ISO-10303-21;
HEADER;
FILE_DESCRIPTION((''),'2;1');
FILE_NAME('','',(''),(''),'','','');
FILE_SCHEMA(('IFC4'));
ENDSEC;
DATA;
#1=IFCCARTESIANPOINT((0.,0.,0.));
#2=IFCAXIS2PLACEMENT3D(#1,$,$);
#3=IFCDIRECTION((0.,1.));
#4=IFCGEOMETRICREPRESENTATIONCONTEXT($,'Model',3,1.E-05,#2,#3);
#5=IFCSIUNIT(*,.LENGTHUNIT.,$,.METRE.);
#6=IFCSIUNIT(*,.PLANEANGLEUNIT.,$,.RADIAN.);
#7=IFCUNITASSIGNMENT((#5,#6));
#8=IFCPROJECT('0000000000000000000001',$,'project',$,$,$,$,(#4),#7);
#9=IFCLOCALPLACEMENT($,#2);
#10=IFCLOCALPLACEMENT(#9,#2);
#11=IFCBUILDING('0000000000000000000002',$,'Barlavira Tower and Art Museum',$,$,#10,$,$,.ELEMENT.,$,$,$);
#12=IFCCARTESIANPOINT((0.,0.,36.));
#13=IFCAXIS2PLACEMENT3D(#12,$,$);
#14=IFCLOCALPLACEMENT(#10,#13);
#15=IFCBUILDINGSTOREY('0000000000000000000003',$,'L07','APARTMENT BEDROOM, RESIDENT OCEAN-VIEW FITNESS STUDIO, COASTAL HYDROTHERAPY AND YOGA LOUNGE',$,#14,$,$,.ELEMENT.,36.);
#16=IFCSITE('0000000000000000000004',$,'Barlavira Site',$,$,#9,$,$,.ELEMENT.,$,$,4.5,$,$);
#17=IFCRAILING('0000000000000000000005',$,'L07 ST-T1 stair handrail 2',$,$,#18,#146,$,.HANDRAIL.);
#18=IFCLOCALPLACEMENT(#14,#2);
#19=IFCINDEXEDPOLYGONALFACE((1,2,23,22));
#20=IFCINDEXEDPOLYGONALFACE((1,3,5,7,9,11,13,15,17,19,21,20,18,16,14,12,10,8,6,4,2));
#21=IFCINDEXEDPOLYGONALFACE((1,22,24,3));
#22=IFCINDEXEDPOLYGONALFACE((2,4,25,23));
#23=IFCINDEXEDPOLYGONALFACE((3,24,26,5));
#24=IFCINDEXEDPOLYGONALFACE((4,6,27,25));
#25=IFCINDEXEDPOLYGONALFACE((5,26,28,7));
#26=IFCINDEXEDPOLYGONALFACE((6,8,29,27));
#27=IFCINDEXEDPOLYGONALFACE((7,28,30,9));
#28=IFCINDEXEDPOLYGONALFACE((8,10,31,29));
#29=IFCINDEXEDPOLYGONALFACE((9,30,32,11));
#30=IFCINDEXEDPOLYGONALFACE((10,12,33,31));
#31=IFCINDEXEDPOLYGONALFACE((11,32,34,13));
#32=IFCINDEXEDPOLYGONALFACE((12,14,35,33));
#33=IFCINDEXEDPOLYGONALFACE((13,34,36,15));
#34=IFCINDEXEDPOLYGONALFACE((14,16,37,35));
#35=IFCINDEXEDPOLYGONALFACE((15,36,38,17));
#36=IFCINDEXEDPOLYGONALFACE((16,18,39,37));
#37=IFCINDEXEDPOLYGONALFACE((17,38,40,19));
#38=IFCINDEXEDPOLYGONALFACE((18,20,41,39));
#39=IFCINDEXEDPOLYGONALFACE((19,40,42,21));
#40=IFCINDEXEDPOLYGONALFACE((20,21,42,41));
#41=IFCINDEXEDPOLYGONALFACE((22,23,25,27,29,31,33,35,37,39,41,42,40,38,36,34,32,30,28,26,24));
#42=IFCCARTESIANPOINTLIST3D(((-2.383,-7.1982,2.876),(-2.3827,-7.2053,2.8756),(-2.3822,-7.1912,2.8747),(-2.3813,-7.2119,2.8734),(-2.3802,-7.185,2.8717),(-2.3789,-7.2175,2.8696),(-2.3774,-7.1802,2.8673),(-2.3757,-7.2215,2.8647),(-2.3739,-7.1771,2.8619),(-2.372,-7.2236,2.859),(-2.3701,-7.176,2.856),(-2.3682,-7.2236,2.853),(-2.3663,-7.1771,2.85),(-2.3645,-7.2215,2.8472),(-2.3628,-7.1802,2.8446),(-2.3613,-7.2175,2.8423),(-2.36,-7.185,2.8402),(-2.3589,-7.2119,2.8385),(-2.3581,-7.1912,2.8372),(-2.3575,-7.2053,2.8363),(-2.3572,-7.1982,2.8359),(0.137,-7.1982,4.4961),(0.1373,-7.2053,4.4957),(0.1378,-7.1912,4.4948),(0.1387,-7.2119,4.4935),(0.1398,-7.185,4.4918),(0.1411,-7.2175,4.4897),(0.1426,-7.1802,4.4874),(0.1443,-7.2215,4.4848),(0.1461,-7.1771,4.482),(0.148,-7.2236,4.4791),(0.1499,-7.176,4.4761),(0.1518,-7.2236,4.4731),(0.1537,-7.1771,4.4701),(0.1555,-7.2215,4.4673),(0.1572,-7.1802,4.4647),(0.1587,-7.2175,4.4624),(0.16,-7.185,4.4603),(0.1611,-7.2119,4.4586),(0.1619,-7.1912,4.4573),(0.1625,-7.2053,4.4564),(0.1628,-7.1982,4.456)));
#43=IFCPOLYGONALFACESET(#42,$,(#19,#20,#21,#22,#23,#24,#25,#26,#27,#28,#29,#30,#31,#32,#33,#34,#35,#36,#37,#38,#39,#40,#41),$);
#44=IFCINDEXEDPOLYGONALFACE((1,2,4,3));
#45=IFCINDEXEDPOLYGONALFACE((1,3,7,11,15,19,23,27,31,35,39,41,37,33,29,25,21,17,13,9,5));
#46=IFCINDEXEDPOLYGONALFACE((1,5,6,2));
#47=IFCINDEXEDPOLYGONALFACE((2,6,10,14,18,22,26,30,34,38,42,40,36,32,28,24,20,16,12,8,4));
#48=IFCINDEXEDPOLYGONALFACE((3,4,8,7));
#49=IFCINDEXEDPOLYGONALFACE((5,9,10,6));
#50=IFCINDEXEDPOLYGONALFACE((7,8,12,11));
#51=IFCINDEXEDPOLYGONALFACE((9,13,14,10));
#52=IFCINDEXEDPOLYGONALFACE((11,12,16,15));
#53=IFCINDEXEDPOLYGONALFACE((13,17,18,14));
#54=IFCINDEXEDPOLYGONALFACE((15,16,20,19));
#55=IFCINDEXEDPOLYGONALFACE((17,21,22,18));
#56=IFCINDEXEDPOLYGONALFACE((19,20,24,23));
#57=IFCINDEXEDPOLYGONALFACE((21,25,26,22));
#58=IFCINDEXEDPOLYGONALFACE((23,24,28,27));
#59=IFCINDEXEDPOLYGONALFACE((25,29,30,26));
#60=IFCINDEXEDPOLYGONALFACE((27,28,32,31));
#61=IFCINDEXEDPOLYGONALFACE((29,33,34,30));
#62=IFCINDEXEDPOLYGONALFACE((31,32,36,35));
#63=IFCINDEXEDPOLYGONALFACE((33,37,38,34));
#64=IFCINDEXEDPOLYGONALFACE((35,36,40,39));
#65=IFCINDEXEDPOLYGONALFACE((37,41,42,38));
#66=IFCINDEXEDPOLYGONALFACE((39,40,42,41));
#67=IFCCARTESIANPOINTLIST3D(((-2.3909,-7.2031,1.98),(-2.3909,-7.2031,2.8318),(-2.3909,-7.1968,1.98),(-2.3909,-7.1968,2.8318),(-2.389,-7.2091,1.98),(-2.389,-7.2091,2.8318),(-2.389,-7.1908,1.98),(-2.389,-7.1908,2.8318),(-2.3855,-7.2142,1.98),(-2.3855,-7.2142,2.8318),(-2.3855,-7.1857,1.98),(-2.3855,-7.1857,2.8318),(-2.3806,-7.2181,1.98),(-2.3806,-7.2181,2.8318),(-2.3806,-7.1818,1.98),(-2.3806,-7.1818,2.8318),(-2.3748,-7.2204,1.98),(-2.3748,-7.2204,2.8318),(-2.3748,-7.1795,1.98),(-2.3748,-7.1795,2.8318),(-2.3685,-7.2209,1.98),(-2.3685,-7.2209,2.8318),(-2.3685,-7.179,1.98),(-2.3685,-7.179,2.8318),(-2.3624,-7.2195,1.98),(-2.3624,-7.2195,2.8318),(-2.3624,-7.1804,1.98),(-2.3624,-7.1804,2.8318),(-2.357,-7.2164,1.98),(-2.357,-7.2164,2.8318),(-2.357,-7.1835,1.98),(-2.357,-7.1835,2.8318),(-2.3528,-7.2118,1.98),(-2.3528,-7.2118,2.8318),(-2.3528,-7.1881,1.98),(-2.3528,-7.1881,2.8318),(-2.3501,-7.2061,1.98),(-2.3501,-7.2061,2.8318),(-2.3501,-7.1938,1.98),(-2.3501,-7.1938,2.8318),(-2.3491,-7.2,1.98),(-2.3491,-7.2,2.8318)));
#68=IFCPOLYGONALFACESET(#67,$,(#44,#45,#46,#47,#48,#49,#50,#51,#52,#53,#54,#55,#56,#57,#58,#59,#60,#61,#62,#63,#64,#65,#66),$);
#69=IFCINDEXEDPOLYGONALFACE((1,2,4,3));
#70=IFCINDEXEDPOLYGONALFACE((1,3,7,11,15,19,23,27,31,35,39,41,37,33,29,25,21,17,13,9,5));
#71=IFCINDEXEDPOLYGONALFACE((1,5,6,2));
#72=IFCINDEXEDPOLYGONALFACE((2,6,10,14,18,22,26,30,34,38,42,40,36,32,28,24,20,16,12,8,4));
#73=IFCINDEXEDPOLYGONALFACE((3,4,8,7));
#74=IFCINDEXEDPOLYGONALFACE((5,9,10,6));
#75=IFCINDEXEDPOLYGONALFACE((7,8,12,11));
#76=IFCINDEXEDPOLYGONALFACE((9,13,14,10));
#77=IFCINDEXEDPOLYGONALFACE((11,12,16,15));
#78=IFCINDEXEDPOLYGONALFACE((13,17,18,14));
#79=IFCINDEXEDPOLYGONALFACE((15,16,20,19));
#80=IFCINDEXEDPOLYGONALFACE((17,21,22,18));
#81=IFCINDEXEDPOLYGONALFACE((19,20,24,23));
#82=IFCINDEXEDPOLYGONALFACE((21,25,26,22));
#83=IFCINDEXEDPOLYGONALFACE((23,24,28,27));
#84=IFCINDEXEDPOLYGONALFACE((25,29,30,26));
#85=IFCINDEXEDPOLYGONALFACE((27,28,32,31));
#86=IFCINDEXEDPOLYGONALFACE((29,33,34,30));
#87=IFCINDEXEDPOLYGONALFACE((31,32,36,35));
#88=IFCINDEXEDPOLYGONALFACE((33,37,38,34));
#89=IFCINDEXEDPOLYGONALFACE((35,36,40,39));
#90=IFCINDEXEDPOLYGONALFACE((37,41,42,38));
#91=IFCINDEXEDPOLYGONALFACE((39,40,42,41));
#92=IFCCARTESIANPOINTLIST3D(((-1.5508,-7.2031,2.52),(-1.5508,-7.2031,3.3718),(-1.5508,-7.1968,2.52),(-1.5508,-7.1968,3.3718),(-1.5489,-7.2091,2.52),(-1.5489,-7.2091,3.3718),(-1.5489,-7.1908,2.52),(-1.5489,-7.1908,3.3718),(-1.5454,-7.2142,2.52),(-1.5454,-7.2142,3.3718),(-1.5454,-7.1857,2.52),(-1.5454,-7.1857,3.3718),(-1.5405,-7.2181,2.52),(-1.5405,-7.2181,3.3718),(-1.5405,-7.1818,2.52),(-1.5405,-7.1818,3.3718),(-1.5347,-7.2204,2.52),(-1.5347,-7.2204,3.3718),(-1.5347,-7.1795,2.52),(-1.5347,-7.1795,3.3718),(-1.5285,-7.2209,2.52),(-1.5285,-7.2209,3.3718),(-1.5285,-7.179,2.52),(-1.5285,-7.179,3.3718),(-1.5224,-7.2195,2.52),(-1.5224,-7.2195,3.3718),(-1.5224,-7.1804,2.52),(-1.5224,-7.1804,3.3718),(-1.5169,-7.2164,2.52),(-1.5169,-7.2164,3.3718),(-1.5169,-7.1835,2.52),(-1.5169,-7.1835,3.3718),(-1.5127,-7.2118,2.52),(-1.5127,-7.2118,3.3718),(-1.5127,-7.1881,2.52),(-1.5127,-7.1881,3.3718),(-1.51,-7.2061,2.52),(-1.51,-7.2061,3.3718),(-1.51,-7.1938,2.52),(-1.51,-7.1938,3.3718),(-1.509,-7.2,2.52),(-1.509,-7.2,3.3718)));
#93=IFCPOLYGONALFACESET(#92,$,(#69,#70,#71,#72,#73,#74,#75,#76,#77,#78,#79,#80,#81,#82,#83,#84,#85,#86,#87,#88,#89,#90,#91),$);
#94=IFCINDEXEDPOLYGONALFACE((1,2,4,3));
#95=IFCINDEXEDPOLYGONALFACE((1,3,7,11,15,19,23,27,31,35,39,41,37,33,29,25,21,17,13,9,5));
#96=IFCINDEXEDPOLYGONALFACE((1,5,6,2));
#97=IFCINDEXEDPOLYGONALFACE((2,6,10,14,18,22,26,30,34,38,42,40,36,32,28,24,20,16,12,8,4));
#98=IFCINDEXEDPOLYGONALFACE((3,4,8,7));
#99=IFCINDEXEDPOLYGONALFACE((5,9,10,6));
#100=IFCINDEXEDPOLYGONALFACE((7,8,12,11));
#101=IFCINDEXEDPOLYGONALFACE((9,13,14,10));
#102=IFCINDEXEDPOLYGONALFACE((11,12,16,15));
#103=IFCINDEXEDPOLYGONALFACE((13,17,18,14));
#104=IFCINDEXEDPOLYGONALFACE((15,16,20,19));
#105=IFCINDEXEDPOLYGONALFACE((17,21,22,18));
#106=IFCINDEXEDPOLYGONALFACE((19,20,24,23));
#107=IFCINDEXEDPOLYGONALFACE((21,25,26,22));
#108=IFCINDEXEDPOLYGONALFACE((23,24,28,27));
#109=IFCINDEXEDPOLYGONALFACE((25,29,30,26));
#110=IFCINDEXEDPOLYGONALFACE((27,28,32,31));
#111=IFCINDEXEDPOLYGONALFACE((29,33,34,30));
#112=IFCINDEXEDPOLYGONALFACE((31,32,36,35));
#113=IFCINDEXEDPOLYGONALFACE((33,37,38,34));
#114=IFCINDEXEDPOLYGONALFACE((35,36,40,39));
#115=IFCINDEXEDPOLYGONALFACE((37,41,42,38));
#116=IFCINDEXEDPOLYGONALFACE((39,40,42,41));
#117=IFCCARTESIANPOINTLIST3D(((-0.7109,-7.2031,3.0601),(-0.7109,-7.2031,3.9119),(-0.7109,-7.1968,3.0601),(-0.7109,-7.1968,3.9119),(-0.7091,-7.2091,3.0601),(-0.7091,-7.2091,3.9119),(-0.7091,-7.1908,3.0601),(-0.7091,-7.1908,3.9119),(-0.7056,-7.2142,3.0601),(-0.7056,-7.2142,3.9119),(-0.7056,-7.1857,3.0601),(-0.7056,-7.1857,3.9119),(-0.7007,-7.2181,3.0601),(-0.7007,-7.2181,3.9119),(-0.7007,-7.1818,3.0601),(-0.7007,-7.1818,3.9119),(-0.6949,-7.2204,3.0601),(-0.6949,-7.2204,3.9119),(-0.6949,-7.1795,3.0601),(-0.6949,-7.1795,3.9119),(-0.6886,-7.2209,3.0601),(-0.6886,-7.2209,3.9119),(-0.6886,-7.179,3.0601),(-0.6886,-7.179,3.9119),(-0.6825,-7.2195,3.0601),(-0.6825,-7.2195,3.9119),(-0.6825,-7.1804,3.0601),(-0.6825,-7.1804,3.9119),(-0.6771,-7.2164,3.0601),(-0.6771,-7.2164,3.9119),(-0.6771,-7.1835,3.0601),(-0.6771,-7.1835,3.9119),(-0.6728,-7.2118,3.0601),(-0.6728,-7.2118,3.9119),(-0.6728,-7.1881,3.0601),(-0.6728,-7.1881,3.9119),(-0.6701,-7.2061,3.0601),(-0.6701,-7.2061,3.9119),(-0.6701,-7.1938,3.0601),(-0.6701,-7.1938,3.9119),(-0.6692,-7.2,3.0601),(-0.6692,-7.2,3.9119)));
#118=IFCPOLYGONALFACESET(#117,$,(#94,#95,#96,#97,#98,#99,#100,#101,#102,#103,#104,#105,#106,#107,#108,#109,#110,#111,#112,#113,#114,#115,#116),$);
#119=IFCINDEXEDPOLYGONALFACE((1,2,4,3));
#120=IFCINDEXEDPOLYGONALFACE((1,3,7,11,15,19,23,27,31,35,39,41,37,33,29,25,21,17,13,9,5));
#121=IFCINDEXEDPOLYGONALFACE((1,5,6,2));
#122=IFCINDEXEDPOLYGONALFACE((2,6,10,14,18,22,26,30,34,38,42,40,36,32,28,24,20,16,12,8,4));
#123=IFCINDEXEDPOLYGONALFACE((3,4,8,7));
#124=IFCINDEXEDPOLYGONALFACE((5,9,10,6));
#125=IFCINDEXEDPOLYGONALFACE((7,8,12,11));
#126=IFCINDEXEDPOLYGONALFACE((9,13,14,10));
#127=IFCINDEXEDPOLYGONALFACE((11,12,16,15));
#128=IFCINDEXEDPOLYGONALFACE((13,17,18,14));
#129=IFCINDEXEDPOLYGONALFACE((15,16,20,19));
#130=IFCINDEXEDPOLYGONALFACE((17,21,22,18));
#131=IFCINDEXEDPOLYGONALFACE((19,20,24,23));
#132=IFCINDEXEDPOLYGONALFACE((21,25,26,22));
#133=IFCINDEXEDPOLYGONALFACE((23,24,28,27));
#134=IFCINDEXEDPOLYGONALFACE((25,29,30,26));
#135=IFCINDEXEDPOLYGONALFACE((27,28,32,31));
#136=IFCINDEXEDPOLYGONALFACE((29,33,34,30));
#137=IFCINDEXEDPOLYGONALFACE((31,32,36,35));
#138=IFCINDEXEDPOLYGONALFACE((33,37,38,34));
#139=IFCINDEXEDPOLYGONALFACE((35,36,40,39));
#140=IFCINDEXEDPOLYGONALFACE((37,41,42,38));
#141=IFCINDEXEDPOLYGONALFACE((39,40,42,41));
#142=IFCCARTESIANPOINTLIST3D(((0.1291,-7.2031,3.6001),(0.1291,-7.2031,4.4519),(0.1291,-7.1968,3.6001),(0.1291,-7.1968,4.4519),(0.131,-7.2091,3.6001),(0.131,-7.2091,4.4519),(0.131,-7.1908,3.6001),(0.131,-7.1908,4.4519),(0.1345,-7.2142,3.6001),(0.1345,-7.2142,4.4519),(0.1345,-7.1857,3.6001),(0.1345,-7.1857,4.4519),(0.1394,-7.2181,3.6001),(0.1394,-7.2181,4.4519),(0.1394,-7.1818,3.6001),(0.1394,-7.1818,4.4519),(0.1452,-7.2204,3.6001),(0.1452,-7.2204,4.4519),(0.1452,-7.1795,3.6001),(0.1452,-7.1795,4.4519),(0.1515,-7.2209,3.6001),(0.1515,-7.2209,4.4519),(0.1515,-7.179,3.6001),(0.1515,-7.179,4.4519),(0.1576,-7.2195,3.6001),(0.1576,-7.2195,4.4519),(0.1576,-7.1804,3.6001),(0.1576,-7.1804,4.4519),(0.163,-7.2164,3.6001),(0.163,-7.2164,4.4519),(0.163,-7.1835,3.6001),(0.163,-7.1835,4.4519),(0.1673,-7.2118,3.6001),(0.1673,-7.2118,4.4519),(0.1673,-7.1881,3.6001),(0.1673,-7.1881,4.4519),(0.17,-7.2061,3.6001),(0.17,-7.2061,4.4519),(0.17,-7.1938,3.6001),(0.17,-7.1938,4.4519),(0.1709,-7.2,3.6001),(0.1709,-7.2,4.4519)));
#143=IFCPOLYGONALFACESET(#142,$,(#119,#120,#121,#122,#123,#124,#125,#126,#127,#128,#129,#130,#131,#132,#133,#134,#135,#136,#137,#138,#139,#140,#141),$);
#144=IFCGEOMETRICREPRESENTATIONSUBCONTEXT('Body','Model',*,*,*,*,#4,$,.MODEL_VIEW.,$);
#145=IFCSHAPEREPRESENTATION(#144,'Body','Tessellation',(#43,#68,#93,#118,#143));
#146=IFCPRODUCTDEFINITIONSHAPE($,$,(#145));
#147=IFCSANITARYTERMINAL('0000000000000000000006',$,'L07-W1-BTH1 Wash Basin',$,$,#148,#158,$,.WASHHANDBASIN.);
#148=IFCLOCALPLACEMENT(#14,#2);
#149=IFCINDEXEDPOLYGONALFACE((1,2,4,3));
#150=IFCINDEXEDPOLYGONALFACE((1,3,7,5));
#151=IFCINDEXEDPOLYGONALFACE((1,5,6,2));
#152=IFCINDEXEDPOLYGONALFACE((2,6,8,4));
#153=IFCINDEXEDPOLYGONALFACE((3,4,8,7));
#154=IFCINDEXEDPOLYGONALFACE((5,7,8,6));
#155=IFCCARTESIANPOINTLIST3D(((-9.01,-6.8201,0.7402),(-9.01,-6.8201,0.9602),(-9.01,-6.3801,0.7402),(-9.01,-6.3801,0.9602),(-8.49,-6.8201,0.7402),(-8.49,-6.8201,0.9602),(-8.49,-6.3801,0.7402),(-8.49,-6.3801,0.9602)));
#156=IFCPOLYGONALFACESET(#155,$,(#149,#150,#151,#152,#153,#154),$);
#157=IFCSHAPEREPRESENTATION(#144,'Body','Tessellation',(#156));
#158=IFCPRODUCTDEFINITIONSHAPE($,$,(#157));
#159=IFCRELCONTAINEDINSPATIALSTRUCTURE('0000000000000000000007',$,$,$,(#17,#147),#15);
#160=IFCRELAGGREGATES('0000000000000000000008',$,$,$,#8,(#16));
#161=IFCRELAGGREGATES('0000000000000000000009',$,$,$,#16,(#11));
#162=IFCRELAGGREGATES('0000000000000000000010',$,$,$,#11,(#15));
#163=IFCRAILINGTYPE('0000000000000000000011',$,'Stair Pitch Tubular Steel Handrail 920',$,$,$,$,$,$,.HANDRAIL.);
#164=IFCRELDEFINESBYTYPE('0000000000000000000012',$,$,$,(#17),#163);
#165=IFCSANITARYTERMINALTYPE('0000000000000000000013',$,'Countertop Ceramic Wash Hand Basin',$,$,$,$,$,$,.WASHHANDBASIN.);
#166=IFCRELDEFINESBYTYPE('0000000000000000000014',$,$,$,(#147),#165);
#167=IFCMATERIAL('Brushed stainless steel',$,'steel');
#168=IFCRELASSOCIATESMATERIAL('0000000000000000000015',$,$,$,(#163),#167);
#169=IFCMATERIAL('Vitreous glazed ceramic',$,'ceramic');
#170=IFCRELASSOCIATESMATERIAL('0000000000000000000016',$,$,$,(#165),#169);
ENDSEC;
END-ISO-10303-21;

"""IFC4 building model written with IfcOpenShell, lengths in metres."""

from ifc_helpers import new_model, si_unit, direction, frame, origin, origin_2d, place, context, subcontext, project, spatial, rectangle, circle, extrude, material, type_object, element, save


model = new_model("IFC4")

# Units and contexts
model_context = context("Model", 3, precision=1e-05, world=origin(), true_north=direction((0.0, 1.0)))
body_context = subcontext(model_context, "Body", "Model", "MODEL_VIEW")
ifc_project = project(units=[si_unit("LENGTHUNIT", "METRE"), si_unit("PLANEANGLEUNIT", "RADIAN")], contexts=[model_context])

# Site, building, storey
site_placement = place(None, origin())
site = spatial("IfcSite", under=ifc_project, at=site_placement, Name="Barlavira Site", CompositionType="ELEMENT", RefElevation=4.5)
building_placement = place(site_placement, origin())
building = spatial("IfcBuilding", under=site, at=building_placement, Name="Barlavira Tower and Art Museum", CompositionType="ELEMENT")
storey_placement = place(building_placement, frame((0.0, 0.0, 36.0)))
storey = spatial("IfcBuildingStorey", under=building, at=storey_placement, Name="L07", Description="APARTMENT BEDROOM, RESIDENT OCEAN-VIEW FITNESS STUDIO, COASTAL HYDROTHERAPY AND YOGA LOUNGE", CompositionType="ELEMENT", Elevation=36.0)

# Shared definitions
ifc_material_1 = material(Name="Brushed stainless steel", Category="steel")

# Railing
railing_type_1 = type_object("IfcRailingType", Name="Stair Pitch Tubular Steel Handrail 920", PredefinedType="HANDRAIL", material=ifc_material_1)
railing_1_placement = place(storey_placement, frame((-2.3701, -7.2, 1.98)))
element("IfcRailing", 1, at=railing_1_placement, inside=storey, type_object=railing_type_1, Name="L07 ST-T1 stair handrail 2", PredefinedType="HANDRAIL", context=body_context, shape_type="SweptSolid", body=[
    extrude(circle(Radius=0.0239, at=origin_2d()), frame((0.0, 0.0, 0.876), z_axis=(0.841163, 0.0, 0.540782), x_axis=(0.0, 1.0, 0.0)), (0.0, 0.0, 1.0), 2.9958),
    extrude(circle(Radius=0.021, at=origin_2d()), origin(), (0.0, 0.0, 1.0), 0.8518),
    extrude(circle(Radius=0.021, at=origin_2d()), frame((0.8401, 0.0, 0.54)), (0.0, 0.0, 1.0), 0.8518),
    extrude(circle(Radius=0.021, at=origin_2d()), frame((1.6799, 0.0, 1.0801)), (0.0, 0.0, 1.0), 0.8518),
    extrude(circle(Radius=0.021, at=origin_2d()), frame((2.52, 0.0, 1.6201)), (0.0, 0.0, 1.0), 0.8518),
])

# Sanitary terminal
ifc_material_2 = material(Name="Vitreous glazed ceramic", Category="ceramic")
sanitary_terminal_type = type_object("IfcSanitaryTerminalType", Name="Countertop Ceramic Wash Hand Basin", PredefinedType="WASHHANDBASIN", material=ifc_material_2)
sanitary_terminal_placement = place(storey_placement, frame((-8.75, -6.6001, 0.7402), z_axis=(0.0, 0.0, 1.0), x_axis=(1.0, 0.0, 0.0)))
element("IfcSanitaryTerminal", 2, at=sanitary_terminal_placement, inside=storey, type_object=sanitary_terminal_type, Name="L07-W1-BTH1 Wash Basin", PredefinedType="WASHHANDBASIN", context=body_context, shape_type="SweptSolid", body=[
    extrude(rectangle(XDim=0.52, YDim=0.4399, at=origin_2d()), origin(), (0.0, 0.0, 1.0), 0.22),
])

save(model, "model.ifc")
